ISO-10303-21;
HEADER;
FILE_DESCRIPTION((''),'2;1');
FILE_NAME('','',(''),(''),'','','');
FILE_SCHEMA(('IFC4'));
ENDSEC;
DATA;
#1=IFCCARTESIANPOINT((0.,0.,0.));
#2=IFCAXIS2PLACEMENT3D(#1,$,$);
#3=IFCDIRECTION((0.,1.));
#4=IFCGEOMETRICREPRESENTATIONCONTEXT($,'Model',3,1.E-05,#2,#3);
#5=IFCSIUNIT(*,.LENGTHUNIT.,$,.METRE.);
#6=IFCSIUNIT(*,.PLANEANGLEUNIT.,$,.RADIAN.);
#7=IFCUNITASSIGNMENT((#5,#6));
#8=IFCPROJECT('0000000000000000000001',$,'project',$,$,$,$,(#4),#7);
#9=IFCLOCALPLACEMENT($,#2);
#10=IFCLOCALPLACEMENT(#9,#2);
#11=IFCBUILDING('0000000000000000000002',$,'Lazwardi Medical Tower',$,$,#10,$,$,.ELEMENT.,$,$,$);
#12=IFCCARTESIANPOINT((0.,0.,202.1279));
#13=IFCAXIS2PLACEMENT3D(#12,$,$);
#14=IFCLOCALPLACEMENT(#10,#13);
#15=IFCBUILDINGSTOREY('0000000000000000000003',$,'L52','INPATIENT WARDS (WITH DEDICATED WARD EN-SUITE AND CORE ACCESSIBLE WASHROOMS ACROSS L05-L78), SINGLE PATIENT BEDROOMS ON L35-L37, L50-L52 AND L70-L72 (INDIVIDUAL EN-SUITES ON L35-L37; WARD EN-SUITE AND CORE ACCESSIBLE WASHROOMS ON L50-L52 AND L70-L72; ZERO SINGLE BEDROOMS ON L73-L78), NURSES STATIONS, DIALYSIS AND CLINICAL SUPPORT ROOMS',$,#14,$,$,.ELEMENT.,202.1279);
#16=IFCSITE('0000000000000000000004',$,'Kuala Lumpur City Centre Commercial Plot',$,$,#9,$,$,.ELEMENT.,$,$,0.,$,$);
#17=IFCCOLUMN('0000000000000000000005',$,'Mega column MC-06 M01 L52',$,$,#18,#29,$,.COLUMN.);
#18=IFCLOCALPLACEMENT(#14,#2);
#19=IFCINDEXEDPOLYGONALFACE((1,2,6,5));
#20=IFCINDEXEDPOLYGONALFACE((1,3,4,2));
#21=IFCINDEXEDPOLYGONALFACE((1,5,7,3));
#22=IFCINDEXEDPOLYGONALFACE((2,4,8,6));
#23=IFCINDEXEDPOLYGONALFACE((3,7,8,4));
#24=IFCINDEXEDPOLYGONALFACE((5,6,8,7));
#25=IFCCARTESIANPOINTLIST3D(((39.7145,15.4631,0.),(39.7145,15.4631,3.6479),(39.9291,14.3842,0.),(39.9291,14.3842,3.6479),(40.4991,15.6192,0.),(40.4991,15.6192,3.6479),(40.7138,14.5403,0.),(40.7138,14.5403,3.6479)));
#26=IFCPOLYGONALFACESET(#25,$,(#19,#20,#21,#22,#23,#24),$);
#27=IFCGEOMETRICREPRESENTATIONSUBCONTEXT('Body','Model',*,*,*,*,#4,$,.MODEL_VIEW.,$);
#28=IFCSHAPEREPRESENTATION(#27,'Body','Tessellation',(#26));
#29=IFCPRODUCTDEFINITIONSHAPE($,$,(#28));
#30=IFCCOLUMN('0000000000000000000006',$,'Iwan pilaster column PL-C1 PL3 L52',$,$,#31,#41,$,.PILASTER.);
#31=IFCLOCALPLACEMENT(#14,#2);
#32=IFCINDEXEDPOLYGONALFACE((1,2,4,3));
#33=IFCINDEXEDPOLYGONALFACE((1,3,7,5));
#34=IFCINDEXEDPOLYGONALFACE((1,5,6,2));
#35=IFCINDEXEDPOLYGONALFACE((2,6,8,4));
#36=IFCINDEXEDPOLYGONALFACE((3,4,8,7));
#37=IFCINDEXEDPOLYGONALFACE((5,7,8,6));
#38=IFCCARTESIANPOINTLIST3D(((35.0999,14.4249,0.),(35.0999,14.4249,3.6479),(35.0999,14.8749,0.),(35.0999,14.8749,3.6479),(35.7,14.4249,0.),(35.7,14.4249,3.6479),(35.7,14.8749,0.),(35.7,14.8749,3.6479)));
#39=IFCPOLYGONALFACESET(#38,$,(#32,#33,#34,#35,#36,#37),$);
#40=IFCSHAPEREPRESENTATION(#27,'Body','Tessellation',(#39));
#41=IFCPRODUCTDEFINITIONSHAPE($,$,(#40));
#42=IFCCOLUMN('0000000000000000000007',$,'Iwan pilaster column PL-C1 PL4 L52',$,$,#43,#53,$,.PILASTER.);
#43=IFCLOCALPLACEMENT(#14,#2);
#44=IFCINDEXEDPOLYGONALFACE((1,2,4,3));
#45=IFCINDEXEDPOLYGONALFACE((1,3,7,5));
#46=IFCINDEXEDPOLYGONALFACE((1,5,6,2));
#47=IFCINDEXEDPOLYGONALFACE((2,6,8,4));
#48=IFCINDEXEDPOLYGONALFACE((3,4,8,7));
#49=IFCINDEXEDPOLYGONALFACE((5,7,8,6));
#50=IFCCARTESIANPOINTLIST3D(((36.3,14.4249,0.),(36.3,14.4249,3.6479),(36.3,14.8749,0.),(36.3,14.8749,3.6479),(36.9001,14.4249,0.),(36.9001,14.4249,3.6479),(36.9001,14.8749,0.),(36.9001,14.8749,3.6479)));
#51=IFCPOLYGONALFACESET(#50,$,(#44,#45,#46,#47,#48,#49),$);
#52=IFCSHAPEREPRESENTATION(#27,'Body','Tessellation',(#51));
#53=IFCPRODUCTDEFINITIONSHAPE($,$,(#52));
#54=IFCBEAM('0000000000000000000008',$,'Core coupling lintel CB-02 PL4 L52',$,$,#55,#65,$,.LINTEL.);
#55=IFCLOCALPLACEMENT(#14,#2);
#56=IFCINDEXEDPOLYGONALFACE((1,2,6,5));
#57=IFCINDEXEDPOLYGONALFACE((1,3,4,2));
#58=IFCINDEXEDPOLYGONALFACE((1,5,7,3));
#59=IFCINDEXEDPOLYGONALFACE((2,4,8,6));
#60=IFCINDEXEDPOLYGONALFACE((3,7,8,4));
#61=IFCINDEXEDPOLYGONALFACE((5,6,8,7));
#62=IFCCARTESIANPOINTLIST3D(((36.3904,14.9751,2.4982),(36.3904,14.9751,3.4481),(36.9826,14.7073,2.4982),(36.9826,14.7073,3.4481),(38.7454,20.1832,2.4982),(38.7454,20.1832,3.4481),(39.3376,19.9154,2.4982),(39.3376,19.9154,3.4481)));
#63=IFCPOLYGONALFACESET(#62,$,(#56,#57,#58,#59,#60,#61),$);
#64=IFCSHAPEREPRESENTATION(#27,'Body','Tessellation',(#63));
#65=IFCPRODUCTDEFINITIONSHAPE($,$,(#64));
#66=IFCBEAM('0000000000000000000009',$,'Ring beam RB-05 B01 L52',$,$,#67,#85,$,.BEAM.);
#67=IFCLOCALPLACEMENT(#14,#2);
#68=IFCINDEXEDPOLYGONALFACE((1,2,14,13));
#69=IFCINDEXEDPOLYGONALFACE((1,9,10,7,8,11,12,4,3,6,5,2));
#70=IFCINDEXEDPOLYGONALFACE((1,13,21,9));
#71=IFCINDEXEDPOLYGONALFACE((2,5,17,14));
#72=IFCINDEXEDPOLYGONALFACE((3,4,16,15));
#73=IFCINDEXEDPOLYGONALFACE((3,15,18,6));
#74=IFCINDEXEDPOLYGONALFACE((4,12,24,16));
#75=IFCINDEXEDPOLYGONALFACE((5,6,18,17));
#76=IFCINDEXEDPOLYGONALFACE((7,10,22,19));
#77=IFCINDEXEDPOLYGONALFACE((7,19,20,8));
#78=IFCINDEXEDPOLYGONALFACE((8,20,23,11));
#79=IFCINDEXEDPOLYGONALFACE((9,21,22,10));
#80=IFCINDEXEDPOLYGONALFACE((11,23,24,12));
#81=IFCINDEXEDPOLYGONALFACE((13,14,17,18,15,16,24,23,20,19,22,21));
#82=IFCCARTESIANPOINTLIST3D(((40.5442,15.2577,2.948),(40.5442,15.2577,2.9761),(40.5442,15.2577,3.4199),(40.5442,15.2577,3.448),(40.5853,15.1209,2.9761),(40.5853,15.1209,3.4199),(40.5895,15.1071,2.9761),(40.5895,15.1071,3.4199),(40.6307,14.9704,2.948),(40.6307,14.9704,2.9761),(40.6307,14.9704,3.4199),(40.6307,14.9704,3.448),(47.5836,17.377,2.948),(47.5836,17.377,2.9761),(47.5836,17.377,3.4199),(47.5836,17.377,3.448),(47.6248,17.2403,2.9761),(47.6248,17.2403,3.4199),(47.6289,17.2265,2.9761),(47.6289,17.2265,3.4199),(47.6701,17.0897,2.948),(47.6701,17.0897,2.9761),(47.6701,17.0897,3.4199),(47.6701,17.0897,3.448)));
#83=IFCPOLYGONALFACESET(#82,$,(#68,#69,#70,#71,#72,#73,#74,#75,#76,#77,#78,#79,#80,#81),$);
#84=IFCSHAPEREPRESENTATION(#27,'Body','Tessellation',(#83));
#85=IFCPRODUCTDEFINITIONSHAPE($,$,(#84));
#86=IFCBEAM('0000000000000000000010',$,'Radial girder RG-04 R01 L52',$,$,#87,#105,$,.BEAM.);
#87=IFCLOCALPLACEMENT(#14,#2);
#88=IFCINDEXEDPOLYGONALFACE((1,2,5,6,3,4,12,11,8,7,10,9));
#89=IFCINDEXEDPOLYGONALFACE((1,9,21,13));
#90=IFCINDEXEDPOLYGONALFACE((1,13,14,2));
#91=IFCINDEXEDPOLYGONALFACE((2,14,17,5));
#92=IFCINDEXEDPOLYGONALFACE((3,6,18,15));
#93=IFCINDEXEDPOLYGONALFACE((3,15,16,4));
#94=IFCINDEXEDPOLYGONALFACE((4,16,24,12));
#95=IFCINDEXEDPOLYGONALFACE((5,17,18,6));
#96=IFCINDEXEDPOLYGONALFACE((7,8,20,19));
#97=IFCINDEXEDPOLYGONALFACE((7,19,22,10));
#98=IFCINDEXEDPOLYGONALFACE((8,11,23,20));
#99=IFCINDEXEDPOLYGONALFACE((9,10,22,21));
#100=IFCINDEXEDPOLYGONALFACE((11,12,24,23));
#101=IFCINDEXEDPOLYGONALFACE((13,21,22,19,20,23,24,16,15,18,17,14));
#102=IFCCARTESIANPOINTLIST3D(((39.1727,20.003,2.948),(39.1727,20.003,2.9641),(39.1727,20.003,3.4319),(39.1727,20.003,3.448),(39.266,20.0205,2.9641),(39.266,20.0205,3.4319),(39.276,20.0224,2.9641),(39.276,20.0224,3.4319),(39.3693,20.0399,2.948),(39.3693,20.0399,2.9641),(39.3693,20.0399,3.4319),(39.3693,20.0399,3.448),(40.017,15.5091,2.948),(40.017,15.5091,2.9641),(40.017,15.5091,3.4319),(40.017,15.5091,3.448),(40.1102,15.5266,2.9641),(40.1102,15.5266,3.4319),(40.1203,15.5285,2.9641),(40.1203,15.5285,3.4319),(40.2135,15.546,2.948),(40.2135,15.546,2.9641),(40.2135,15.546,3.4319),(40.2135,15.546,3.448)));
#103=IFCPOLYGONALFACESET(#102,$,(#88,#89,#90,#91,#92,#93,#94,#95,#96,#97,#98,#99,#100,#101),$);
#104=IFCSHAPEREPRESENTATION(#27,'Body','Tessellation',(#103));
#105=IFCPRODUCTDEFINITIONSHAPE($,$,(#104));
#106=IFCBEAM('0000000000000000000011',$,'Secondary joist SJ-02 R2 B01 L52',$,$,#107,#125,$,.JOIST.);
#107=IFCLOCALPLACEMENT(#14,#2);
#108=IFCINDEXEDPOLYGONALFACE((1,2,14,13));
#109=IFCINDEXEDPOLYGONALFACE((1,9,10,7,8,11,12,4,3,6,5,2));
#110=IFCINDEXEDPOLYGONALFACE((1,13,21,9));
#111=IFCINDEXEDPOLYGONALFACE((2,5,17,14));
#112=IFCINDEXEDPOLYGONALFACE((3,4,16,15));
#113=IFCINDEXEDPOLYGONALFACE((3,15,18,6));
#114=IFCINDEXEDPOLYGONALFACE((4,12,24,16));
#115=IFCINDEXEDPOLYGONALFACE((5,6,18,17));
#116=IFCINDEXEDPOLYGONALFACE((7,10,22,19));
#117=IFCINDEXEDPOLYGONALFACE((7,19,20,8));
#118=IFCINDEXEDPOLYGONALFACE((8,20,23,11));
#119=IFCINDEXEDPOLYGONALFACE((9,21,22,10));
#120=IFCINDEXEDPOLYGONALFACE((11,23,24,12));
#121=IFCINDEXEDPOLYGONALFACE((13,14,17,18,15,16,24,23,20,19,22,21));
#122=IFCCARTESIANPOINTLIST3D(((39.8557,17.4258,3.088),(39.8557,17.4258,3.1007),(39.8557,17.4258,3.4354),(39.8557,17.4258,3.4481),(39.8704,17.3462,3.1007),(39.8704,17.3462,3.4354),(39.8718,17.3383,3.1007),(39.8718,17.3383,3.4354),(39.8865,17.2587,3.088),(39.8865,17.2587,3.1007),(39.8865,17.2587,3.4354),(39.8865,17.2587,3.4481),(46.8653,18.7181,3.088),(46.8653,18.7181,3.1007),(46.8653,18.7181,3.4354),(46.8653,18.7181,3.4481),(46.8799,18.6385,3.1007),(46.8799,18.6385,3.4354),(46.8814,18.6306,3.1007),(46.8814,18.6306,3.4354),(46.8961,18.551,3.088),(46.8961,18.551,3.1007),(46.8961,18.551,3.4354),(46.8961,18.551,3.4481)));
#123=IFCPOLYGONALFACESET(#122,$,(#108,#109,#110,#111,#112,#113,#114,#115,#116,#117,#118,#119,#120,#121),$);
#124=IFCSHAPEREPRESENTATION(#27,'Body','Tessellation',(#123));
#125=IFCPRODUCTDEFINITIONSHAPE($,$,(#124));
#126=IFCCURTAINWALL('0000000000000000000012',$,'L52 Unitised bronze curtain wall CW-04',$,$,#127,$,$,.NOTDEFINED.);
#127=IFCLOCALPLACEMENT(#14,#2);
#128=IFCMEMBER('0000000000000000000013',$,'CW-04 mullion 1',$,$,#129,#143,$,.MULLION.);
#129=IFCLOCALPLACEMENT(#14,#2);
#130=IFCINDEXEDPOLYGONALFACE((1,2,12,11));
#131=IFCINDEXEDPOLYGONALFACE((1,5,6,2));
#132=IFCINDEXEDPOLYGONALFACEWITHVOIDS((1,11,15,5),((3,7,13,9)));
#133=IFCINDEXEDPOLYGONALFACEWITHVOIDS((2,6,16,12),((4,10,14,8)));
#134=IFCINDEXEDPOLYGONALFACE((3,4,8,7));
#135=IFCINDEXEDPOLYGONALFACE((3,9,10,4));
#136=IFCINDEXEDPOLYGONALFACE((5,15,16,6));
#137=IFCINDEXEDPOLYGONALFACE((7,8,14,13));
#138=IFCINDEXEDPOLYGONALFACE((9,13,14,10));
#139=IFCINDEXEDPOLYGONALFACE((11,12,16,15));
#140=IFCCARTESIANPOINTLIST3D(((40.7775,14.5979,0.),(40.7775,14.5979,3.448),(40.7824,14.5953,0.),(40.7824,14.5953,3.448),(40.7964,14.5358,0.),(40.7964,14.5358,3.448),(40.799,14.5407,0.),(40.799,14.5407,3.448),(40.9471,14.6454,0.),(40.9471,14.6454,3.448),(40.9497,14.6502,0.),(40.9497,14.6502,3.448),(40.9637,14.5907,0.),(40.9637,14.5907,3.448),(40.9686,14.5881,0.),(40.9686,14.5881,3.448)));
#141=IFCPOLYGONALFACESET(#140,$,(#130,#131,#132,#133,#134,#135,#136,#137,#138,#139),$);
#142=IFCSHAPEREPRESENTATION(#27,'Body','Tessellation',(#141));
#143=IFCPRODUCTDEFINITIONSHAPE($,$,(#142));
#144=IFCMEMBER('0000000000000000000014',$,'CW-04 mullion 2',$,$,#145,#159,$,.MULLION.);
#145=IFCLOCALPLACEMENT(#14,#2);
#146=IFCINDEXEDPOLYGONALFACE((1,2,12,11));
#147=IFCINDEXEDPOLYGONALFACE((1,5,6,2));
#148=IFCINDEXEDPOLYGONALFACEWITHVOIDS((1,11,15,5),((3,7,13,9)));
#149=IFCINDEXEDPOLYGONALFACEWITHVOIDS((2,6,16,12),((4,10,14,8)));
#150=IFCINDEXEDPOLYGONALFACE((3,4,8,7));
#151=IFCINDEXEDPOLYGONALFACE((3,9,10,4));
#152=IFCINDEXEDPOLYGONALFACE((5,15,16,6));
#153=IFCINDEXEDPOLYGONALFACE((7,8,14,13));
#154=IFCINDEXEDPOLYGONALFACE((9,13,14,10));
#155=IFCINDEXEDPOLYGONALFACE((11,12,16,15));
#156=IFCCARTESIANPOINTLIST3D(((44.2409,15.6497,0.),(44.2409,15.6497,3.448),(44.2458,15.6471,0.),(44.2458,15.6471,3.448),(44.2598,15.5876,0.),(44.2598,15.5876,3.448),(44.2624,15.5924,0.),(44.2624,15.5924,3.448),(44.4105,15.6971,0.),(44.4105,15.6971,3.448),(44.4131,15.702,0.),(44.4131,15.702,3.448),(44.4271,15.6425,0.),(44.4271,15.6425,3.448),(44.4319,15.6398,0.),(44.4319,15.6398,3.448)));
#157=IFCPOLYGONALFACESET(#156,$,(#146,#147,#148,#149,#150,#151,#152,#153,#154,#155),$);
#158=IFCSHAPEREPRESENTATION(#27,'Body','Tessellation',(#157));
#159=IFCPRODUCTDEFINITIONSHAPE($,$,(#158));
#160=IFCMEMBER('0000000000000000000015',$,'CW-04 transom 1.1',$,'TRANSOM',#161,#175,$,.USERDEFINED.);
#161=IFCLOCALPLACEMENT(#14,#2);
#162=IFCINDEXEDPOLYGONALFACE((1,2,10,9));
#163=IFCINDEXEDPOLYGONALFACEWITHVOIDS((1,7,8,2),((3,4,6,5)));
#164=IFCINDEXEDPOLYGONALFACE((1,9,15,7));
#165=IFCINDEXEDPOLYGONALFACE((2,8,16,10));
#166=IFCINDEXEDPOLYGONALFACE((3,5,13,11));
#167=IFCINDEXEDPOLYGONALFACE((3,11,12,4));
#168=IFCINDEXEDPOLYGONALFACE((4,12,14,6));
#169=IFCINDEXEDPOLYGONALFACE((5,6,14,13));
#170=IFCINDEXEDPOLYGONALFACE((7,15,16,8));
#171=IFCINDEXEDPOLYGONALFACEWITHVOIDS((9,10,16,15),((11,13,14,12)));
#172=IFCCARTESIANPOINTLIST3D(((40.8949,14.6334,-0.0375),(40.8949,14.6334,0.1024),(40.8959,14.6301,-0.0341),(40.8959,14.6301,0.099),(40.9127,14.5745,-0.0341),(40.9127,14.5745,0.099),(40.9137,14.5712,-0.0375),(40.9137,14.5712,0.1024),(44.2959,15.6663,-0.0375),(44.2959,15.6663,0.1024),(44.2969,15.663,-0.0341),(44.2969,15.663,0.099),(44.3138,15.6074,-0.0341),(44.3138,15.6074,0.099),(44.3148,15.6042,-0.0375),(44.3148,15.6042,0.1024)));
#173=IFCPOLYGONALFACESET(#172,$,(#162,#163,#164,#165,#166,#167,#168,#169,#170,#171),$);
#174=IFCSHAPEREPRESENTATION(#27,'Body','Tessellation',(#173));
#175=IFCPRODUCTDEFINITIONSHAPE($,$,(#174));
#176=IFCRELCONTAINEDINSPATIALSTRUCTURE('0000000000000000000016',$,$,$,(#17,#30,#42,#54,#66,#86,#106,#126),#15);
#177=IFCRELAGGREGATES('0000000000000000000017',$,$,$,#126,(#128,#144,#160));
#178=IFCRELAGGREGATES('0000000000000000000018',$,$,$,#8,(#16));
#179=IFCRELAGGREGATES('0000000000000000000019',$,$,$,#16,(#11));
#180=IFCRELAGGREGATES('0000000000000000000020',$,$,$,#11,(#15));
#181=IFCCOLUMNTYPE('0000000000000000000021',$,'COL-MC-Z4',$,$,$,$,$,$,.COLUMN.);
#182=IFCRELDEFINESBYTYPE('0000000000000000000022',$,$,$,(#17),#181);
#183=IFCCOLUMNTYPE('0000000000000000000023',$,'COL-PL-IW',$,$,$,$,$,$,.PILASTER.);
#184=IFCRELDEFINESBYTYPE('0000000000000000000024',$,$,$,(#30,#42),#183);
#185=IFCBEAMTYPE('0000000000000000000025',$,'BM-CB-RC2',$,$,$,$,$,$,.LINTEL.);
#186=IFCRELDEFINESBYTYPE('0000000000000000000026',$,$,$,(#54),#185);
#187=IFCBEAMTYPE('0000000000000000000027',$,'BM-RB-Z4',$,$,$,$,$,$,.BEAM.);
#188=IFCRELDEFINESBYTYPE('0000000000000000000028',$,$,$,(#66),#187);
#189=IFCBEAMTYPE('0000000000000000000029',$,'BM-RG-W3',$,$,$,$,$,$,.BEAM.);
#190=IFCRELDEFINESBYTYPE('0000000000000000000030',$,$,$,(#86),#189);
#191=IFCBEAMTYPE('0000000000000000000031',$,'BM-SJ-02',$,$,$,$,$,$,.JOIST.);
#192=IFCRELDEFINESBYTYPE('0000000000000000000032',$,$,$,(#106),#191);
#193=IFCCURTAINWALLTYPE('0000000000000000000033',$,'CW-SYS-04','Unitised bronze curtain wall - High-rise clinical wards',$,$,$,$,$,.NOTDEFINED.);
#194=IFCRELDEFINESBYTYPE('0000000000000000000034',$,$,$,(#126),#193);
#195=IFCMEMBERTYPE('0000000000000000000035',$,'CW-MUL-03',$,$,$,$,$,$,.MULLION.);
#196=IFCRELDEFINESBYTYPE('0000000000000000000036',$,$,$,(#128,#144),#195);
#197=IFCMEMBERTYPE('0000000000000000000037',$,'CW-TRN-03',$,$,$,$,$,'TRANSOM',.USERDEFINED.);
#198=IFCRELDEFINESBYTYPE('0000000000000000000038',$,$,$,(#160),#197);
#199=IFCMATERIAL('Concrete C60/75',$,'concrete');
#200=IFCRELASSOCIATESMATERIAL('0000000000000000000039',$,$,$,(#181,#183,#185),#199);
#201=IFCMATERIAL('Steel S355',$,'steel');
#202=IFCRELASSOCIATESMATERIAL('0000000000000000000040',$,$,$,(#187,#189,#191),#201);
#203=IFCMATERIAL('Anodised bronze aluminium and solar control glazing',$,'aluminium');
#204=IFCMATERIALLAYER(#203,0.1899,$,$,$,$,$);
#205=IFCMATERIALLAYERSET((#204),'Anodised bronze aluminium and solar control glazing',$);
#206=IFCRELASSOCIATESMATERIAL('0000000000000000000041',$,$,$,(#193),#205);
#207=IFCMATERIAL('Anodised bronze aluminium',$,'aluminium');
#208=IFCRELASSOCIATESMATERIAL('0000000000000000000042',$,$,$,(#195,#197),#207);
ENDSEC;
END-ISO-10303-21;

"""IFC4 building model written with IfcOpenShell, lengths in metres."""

from ifc_helpers import new_model, si_unit, direction, frame, origin, origin_2d, place, context, subcontext, project, spatial, rectangle, hollow_rectangle, i_section, extrude, material, layer, layer_set, material_profile, profile_set, type_object, element, aggregate, save


model = new_model("IFC4")

# Units and contexts
model_context = context("Model", 3, precision=1e-05, world=origin(), true_north=direction((0.0, 1.0)))
body_context = subcontext(model_context, "Body", "Model", "MODEL_VIEW")
ifc_project = project(units=[si_unit("LENGTHUNIT", "METRE"), si_unit("PLANEANGLEUNIT", "RADIAN")], contexts=[model_context])

# Site, building, storey
site_placement = place(None, origin())
site = spatial("IfcSite", under=ifc_project, at=site_placement, Name="Kuala Lumpur City Centre Commercial Plot", CompositionType="ELEMENT", RefElevation=0.0)
building_placement = place(site_placement, origin())
building = spatial("IfcBuilding", under=site, at=building_placement, Name="Lazwardi Medical Tower", CompositionType="ELEMENT")
storey_placement = place(building_placement, frame((0.0, 0.0, 202.1279)))
storey = spatial("IfcBuildingStorey", under=building, at=storey_placement, Name="L52", Description="INPATIENT WARDS (WITH DEDICATED WARD EN-SUITE AND CORE ACCESSIBLE WASHROOMS ACROSS L05-L78), SINGLE PATIENT BEDROOMS ON L35-L37, L50-L52 AND L70-L72 (INDIVIDUAL EN-SUITES ON L35-L37; WARD EN-SUITE AND CORE ACCESSIBLE WASHROOMS ON L50-L52 AND L70-L72; ZERO SINGLE BEDROOMS ON L73-L78), NURSES STATIONS, DIALYSIS AND CLINICAL SUPPORT ROOMS", CompositionType="ELEMENT", Elevation=202.1279)

# Columns
ifc_material_1 = material(Name="Concrete C60/75", Category="concrete")
ifc_material_profile_1 = material_profile(ifc_material_1, rectangle(XDim=1.1001, YDim=0.8, at=origin_2d()), Name="CFT-RECT 1100x800")
ifc_profile_set_1 = profile_set([ifc_material_profile_1], Name="Concrete C60/75")
column_type_1 = type_object("IfcColumnType", Name="COL-MC-Z4", PredefinedType="COLUMN", material=ifc_profile_set_1)
column_placement = place(storey_placement, frame((40.2141, 15.0017, 0.0), z_axis=(0.0, 0.0, 1.0), x_axis=(0.19509, -0.980785, 0.0)))
element("IfcColumn", 1, at=column_placement, inside=storey, type_object=column_type_1, Name="Mega column MC-06 M01 L52", PredefinedType="COLUMN", context=body_context, shape_type="SweptSolid", body=[
    extrude(rectangle(XDim=1.1001, YDim=0.8, at=origin_2d()), origin(), (0.0, 0.0, 1.0), 3.6479),
])
ifc_material_profile_2 = material_profile(ifc_material_1, rectangle(XDim=0.6001, YDim=0.45, at=origin_2d()), Name="RC 600x450")
ifc_profile_set_2 = profile_set([ifc_material_profile_2], Name="Concrete C60/75")
column_type_2 = type_object("IfcColumnType", Name="COL-PL-IW", PredefinedType="PILASTER", material=ifc_profile_set_2)
for number, where, z_axis, x_axis, name in (
    (2, (35.3999, 14.6499, 0.0), (0.0, 0.0, 1.0), (1.0, 0.0, 0.0), "Iwan pilaster column PL-C1 PL3 L52"),
    (3, (36.6001, 14.6499, 0.0), (0.0, 0.0, 1.0), (1.0, 0.0, 0.0), "Iwan pilaster column PL-C1 PL4 L52"),
):
    element("IfcColumn", number, at=place(storey_placement, frame(where, z_axis=z_axis, x_axis=x_axis)), inside=storey, type_object=column_type_2, Name=name, PredefinedType="PILASTER", context=body_context, shape_type="SweptSolid", body=[
        extrude(rectangle(XDim=0.6001, YDim=0.45, at=origin_2d()), origin(), (0.0, 0.0, 1.0), 3.6479),
    ])

# Beams
ifc_material_profile_3 = material_profile(ifc_material_1, rectangle(XDim=0.6499, YDim=0.95, at=origin_2d()), Name="RC 650x950")
ifc_profile_set_3 = profile_set([ifc_material_profile_3], Name="Concrete C60/75")
beam_type_1 = type_object("IfcBeamType", Name="BM-CB-RC2", PredefinedType="LINTEL", material=ifc_profile_set_3)
beam_1_placement = place(storey_placement, frame((39.0415, 20.0493, 2.9731), z_axis=(-0.412019, -0.911175, 0.0), x_axis=(0.911175, -0.412019, 0.0)))
element("IfcBeam", 4, at=beam_1_placement, inside=storey, type_object=beam_type_1, Name="Core coupling lintel CB-02 PL4 L52", PredefinedType="LINTEL", context=body_context, shape_type="SweptSolid", body=[
    extrude(rectangle(XDim=0.6499, YDim=0.95, at=origin_2d()), origin(), (0.0, 0.0, 1.0), 5.7158),
])
ifc_material_2 = material(Name="Steel S355", Category="steel")
ifc_material_profile_4 = material_profile(ifc_material_2, i_section(OverallWidth=0.3, OverallDepth=0.5, WebThickness=0.0144, FlangeThickness=0.0281, at=origin_2d()), Name="HEB 500")
ifc_profile_set_4 = profile_set([ifc_material_profile_4], Name="Steel S355")
beam_type_2 = type_object("IfcBeamType", Name="BM-RB-Z4", PredefinedType="BEAM", material=ifc_profile_set_4)
beam_2_placement = place(storey_placement, frame((40.5874, 15.114, 3.198), z_axis=(0.957544, 0.288286, 0.0), x_axis=(-0.288286, 0.957544, 0.0)))
element("IfcBeam", 5, at=beam_2_placement, inside=storey, type_object=beam_type_2, Name="Ring beam RB-05 B01 L52", PredefinedType="BEAM", context=body_context, shape_type="SweptSolid", body=[
    extrude(i_section(OverallWidth=0.3, OverallDepth=0.5, WebThickness=0.0144, FlangeThickness=0.0281, at=origin_2d()), origin(), (0.0, 0.0, 1.0), 7.3516),
])
ifc_material_profile_5 = material_profile(ifc_material_2, i_section(OverallWidth=0.2, OverallDepth=0.5, WebThickness=0.0103, FlangeThickness=0.0161, at=origin_2d()), Name="IPE 500")
ifc_profile_set_5 = profile_set([ifc_material_profile_5], Name="Steel S355")
beam_type_3 = type_object("IfcBeamType", Name="BM-RG-W3", PredefinedType="BEAM", material=ifc_profile_set_5)
beam_3_placement = place(storey_placement, frame((40.1152, 15.5276, 3.198), z_axis=(-0.184633, 0.982807, 0.0), x_axis=(-0.982807, -0.184633, 0.0)))
element("IfcBeam", 6, at=beam_3_placement, inside=storey, type_object=beam_type_3, Name="Radial girder RG-04 R01 L52", PredefinedType="BEAM", context=body_context, shape_type="SweptSolid", body=[
    extrude(i_section(OverallWidth=0.2, OverallDepth=0.5, WebThickness=0.0103, FlangeThickness=0.0161, at=origin_2d()), origin(), (0.0, 0.0, 1.0), 4.5725),
])
ifc_material_profile_6 = material_profile(ifc_material_2, i_section(OverallWidth=0.1699, OverallDepth=0.3601, WebThickness=0.0081, FlangeThickness=0.0127, at=origin_2d()), Name="IPE 360")
ifc_profile_set_6 = profile_set([ifc_material_profile_6], Name="Steel S355")
beam_type_4 = type_object("IfcBeamType", Name="BM-SJ-02", PredefinedType="JOIST", material=ifc_profile_set_6)
beam_4_placement = place(storey_placement, frame((39.8711, 17.3423, 3.2681), z_axis=(0.983428, 0.181299, 0.0), x_axis=(-0.181299, 0.983428, 0.0)))
element("IfcBeam", 7, at=beam_4_placement, inside=storey, type_object=beam_type_4, Name="Secondary joist SJ-02 R2 B01 L52", PredefinedType="JOIST", context=body_context, shape_type="SweptSolid", body=[
    extrude(i_section(OverallWidth=0.1699, OverallDepth=0.3601, WebThickness=0.0081, FlangeThickness=0.0127, at=origin_2d()), origin(), (0.0, 0.0, 1.0), 7.1277),
])

# Curtain wall, members
ifc_material_3 = material(Name="Anodised bronze aluminium and solar control glazing", Category="aluminium")
ifc_layer_1 = layer(ifc_material_3, 0.1899)
ifc_layer_set_1 = layer_set([ifc_layer_1], Name="Anodised bronze aluminium and solar control glazing")
curtain_wall_type = type_object("IfcCurtainWallType", Name="CW-SYS-04", Description="Unitised bronze curtain wall - High-rise clinical wards", PredefinedType="NOTDEFINED", material=ifc_layer_set_1)
curtain_wall_placement = place(storey_placement, origin())
curtain_wall = element("IfcCurtainWall", 8, at=curtain_wall_placement, inside=storey, type_object=curtain_wall_type, Name="L52 Unitised bronze curtain wall CW-04", PredefinedType="NOTDEFINED")
ifc_material_4 = material(Name="Anodised bronze aluminium", Category="aluminium")
ifc_material_profile_7 = material_profile(ifc_material_4, hollow_rectangle(XDim=0.0649, YDim=0.1799, WallThickness=0.0039, at=origin_2d()), Name="ALU-MULLION 180x65x4")
ifc_profile_set_7 = profile_set([ifc_material_profile_7], Name="Anodised bronze aluminium")
member_type_1 = type_object("IfcMemberType", Name="CW-MUL-03", PredefinedType="MULLION", material=ifc_profile_set_7)
member_1_placement = place(storey_placement, frame((40.873, 14.593, 0.0), z_axis=(0.0, 0.0, 1.0), x_axis=(-0.290582, 0.95685, 0.0)))
member_1 = element("IfcMember", 9, at=member_1_placement, type_object=member_type_1, Name="CW-04 mullion 1", PredefinedType="MULLION", context=body_context, shape_type="SweptSolid", body=[
    extrude(hollow_rectangle(XDim=0.0649, YDim=0.1799, WallThickness=0.0039, at=origin_2d()), origin(), (0.0, 0.0, 1.0), 3.448),
])
member_2_placement = place(storey_placement, frame((44.3364, 15.6448, 0.0), z_axis=(0.0, 0.0, 1.0), x_axis=(-0.290582, 0.95685, 0.0)))
member_2 = element("IfcMember", 10, at=member_2_placement, type_object=member_type_1, Name="CW-04 mullion 2", PredefinedType="MULLION", context=body_context, shape_type="SweptSolid", body=[
    extrude(hollow_rectangle(XDim=0.0649, YDim=0.1799, WallThickness=0.0039, at=origin_2d()), origin(), (0.0, 0.0, 1.0), 3.448),
])
ifc_material_profile_8 = material_profile(ifc_material_4, hollow_rectangle(XDim=0.0649, YDim=0.1399, WallThickness=0.0034, at=origin_2d()), Name="ALU-TRANSOM 140x65x3.5")
ifc_profile_set_8 = profile_set([ifc_material_profile_8], Name="Anodised bronze aluminium")
member_type_2 = type_object("IfcMemberType", Name="CW-TRN-03", ElementType="TRANSOM", PredefinedType="USERDEFINED", material=ifc_profile_set_8)
member_3_placement = place(storey_placement, frame((40.9043, 14.6023, 0.0325), z_axis=(0.956843, 0.290604, 0.0), x_axis=(-0.290604, 0.956843, 0.0)))
member_3 = element("IfcMember", 11, at=member_3_placement, type_object=member_type_2, Name="CW-04 transom 1.1", ObjectType="TRANSOM", PredefinedType="USERDEFINED", context=body_context, shape_type="SweptSolid", body=[
    extrude(hollow_rectangle(XDim=0.0649, YDim=0.1399, WallThickness=0.0034, at=origin_2d()), origin(), (0.0, 0.0, 1.0), 3.5544),
])
aggregate(curtain_wall, [member_1, member_2, member_3])

save(model, "model.ifc")
